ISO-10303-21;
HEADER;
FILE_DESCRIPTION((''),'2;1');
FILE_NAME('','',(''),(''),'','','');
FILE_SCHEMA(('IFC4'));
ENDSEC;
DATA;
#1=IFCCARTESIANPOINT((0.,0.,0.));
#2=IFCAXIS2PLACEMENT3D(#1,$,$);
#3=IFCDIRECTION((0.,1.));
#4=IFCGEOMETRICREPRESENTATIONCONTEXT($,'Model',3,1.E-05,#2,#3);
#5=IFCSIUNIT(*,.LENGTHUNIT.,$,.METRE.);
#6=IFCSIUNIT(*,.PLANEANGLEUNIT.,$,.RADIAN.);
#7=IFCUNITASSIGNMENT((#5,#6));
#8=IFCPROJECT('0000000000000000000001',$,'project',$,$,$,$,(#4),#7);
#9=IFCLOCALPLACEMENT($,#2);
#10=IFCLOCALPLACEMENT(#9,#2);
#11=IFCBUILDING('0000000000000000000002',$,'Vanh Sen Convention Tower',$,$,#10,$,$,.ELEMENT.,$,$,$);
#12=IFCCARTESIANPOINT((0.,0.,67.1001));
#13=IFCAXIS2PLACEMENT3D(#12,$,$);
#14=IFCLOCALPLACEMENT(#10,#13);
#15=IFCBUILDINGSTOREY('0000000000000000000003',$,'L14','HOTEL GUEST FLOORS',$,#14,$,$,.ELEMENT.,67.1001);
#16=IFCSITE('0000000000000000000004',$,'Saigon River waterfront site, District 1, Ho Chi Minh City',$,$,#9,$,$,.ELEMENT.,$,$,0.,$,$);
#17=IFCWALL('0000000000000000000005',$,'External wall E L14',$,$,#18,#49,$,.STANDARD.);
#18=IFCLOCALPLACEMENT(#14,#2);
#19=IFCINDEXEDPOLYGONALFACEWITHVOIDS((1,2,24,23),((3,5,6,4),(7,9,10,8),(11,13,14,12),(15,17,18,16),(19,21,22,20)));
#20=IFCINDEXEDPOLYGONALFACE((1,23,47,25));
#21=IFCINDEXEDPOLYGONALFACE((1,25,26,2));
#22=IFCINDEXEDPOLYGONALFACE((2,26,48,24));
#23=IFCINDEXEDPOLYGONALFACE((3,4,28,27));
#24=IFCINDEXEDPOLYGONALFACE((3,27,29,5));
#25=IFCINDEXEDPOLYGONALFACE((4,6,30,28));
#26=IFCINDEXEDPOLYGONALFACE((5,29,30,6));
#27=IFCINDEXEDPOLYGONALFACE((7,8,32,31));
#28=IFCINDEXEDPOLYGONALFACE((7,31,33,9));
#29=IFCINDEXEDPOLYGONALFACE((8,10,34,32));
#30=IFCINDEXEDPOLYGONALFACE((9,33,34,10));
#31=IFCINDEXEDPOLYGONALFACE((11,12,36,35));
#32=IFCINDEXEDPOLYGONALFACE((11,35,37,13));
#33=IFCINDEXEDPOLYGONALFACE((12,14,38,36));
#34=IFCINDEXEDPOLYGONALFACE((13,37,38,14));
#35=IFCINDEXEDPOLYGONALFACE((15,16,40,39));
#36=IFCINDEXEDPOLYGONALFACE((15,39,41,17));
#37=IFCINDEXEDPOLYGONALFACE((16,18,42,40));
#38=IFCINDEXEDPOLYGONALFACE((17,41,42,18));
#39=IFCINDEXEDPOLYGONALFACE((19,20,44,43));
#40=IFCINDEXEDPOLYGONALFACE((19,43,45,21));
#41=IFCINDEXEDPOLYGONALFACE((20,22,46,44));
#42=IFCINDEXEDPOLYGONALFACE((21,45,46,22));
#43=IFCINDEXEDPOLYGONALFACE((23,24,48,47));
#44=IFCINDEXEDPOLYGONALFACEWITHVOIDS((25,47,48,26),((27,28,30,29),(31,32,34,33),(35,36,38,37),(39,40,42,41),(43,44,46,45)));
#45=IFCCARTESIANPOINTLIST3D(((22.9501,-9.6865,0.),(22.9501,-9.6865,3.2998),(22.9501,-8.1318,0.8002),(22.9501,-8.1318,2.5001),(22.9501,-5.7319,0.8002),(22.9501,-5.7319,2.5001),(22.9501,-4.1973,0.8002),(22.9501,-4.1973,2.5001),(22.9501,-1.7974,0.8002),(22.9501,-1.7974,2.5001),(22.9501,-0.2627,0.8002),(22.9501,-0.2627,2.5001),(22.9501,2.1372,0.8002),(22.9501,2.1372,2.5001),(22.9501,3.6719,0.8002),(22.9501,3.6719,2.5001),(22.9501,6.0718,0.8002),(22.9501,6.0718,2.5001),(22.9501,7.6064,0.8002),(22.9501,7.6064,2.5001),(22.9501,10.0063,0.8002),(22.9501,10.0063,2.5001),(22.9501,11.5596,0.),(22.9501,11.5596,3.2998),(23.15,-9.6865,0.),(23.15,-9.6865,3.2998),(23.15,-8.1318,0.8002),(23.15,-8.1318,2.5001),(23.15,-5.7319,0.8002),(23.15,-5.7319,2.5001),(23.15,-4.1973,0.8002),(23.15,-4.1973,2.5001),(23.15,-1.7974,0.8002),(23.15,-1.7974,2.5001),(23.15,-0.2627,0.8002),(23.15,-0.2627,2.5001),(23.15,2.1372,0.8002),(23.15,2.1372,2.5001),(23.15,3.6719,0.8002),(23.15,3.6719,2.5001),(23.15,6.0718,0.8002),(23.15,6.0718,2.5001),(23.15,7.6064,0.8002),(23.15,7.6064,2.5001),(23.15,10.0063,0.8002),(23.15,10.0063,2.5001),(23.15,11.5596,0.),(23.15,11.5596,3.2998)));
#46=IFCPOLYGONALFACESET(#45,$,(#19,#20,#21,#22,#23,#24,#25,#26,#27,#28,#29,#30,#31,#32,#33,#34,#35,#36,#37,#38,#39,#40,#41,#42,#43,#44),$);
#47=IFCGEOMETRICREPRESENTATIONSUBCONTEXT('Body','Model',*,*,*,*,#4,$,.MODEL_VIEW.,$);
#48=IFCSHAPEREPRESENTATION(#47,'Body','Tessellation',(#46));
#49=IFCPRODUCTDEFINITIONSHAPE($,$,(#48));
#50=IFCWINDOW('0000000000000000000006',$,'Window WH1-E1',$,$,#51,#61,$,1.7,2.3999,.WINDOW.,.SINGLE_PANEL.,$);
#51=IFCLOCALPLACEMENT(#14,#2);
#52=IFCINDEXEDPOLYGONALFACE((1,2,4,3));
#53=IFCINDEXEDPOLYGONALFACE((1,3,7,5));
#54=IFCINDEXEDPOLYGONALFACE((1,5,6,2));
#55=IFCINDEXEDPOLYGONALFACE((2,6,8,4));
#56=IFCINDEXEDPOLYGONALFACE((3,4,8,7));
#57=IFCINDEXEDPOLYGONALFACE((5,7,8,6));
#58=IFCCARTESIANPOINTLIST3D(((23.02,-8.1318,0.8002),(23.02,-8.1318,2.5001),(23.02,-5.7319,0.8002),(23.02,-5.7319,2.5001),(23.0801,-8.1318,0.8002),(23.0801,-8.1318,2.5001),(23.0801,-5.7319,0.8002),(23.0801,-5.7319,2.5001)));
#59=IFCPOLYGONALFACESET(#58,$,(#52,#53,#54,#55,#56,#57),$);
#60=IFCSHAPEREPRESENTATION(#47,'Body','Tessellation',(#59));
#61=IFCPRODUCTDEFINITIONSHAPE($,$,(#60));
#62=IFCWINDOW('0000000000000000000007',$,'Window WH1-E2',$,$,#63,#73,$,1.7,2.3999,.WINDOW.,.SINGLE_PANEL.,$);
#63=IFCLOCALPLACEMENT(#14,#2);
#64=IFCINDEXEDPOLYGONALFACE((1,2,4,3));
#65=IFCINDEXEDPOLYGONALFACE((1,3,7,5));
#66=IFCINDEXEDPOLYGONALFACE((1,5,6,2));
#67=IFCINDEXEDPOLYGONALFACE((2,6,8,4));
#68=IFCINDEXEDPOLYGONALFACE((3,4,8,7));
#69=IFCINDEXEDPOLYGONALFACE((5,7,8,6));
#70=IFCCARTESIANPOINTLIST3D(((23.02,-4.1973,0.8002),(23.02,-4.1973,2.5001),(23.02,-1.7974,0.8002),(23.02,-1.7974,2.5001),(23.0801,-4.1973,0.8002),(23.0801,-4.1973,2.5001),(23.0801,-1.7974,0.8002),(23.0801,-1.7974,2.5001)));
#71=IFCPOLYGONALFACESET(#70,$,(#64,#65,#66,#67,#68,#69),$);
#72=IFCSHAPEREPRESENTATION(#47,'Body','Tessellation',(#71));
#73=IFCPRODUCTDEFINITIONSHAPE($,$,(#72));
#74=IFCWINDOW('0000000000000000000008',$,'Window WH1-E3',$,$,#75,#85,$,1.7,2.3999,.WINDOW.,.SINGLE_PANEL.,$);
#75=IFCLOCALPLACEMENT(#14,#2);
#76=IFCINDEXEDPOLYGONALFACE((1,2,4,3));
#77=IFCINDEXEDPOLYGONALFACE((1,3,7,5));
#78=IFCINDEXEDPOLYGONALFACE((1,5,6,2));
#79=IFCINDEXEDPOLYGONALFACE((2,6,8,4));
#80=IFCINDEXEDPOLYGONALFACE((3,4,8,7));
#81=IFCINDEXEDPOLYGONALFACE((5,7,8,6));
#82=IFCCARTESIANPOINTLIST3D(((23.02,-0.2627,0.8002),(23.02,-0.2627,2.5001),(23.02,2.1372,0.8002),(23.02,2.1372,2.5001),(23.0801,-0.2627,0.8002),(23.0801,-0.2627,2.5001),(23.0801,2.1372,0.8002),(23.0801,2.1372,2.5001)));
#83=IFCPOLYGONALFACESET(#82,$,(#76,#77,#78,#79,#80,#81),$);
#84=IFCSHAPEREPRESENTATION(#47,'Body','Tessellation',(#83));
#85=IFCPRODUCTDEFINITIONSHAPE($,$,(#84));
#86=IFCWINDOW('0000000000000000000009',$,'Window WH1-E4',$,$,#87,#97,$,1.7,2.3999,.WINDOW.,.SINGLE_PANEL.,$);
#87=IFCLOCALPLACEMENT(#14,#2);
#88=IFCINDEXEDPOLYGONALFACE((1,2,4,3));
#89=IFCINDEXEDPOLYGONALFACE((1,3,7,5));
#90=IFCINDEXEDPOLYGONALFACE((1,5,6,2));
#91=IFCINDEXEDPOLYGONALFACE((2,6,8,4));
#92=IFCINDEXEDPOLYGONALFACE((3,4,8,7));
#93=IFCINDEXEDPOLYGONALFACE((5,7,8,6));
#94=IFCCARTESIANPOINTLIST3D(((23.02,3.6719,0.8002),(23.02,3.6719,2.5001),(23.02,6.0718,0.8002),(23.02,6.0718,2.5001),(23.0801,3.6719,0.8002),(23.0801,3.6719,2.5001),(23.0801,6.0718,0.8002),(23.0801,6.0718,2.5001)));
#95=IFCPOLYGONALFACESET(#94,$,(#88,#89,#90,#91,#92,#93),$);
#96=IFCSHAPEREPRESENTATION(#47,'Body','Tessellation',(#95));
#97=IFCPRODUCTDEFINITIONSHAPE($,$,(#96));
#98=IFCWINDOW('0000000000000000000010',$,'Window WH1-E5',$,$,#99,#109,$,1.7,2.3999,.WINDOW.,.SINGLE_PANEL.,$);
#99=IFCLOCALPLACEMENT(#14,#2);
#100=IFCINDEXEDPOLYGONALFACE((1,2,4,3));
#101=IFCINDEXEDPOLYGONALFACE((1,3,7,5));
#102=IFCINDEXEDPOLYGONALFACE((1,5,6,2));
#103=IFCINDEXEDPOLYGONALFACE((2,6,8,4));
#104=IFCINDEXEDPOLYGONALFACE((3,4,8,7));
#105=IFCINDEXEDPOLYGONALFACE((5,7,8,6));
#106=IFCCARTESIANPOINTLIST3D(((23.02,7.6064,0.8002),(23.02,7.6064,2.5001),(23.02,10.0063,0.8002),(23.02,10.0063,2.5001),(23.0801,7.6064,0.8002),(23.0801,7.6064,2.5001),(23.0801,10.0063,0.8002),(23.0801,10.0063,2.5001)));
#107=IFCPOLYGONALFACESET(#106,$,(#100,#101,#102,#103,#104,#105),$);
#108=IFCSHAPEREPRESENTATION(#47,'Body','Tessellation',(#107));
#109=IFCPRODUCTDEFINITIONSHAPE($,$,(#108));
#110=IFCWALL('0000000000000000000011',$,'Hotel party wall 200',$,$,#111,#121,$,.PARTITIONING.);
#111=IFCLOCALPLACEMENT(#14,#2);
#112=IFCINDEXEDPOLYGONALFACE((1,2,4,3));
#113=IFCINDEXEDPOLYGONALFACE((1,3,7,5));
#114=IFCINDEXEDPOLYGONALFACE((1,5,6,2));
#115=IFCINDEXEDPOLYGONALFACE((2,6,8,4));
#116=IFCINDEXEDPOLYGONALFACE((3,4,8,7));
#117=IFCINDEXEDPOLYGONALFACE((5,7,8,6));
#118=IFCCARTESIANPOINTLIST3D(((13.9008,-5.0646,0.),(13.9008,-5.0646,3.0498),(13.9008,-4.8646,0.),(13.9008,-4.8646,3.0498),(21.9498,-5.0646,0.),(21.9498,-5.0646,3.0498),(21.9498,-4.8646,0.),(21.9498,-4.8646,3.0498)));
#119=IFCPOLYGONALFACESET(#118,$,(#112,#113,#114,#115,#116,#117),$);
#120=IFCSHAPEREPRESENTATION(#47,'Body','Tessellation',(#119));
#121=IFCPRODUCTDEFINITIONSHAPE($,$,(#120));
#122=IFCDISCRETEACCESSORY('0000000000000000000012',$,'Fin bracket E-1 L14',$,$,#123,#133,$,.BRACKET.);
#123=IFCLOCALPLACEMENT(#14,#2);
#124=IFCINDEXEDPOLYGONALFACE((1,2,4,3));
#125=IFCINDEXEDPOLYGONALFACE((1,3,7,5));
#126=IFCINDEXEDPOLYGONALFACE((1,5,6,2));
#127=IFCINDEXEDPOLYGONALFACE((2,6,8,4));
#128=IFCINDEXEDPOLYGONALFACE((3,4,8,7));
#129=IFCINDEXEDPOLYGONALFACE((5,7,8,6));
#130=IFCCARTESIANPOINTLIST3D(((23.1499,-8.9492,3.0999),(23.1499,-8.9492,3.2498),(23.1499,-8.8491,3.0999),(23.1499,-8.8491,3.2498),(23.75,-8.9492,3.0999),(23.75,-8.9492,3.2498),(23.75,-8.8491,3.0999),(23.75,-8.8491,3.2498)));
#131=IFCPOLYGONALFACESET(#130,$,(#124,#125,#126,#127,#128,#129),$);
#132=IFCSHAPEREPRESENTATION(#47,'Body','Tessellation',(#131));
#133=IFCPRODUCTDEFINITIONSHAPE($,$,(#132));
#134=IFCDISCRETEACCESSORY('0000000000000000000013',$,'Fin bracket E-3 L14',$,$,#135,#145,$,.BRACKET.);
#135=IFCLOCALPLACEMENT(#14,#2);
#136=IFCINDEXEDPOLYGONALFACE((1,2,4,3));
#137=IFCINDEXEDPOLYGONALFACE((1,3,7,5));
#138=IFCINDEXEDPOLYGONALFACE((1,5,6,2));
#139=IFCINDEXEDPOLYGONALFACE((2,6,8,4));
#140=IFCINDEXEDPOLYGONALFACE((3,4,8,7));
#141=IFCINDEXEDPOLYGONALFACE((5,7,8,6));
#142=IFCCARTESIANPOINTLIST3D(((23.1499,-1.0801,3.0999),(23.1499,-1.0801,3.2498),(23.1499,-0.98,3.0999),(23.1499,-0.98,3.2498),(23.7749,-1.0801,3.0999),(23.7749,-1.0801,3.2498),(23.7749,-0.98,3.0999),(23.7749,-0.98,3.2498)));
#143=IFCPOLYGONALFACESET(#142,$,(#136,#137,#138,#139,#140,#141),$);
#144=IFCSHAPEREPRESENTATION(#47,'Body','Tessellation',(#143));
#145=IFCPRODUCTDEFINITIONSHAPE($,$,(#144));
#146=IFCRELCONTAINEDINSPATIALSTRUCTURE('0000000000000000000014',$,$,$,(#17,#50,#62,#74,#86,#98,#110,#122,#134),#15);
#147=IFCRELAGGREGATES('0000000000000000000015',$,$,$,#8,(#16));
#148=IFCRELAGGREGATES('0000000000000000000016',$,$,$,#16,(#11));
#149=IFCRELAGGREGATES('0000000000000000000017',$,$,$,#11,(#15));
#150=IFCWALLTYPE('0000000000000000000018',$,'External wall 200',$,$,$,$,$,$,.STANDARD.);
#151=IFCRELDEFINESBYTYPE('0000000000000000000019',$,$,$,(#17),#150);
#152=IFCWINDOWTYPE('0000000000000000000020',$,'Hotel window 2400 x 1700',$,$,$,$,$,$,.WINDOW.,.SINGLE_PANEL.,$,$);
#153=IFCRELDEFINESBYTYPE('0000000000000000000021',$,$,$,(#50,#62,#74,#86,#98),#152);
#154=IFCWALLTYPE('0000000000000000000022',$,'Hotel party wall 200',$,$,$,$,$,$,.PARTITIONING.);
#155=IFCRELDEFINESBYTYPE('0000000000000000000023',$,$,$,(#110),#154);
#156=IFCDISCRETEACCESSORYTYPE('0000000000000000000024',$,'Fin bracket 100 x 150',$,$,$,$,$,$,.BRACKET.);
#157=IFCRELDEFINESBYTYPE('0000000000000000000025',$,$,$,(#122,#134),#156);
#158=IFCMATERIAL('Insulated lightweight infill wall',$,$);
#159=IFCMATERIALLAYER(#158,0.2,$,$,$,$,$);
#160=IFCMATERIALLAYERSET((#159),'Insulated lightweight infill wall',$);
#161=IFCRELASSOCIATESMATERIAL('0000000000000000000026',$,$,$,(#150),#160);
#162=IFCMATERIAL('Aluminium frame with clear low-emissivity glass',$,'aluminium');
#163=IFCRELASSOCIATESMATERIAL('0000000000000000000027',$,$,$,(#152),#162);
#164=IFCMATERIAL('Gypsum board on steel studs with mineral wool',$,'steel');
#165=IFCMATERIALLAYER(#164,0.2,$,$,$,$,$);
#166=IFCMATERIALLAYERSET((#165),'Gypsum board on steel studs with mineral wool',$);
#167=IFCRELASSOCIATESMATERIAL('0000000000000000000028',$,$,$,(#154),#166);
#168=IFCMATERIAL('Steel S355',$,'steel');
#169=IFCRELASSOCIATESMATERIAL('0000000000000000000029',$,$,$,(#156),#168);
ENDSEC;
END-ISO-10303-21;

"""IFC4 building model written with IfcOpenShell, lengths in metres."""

from ifc_helpers import new_model, si_unit, direction, frame, frame_2d, origin, origin_2d, place, context, subcontext, project, spatial, rectangle, extrude, material, layer, layer_set, type_object, element, fill, save


model = new_model("IFC4")

# Units and contexts
model_context = context("Model", 3, precision=1e-05, world=origin(), true_north=direction((0.0, 1.0)))
body_context = subcontext(model_context, "Body", "Model", "MODEL_VIEW")
ifc_project = project(units=[si_unit("LENGTHUNIT", "METRE"), si_unit("PLANEANGLEUNIT", "RADIAN")], contexts=[model_context])

# Site, building, storey
site_placement = place(None, origin())
site = spatial("IfcSite", under=ifc_project, at=site_placement, Name="Saigon River waterfront site, District 1, Ho Chi Minh City", CompositionType="ELEMENT", RefElevation=0.0)
building_placement = place(site_placement, origin())
building = spatial("IfcBuilding", under=site, at=building_placement, Name="Vanh Sen Convention Tower", CompositionType="ELEMENT")
storey_placement = place(building_placement, frame((0.0, 0.0, 67.1001)))
storey = spatial("IfcBuildingStorey", under=building, at=storey_placement, Name="L14", Description="HOTEL GUEST FLOORS", CompositionType="ELEMENT", Elevation=67.1001)

# Wall, openings, windows
ifc_material_1 = material(Name="Insulated lightweight infill wall")
ifc_layer_1 = layer(ifc_material_1, 0.2)
ifc_layer_set_1 = layer_set([ifc_layer_1], Name="Insulated lightweight infill wall")
wall_type_1 = type_object("IfcWallType", Name="External wall 200", PredefinedType="STANDARD", material=ifc_layer_set_1)
wall_1_placement = place(storey_placement, frame((23.05, -9.6865, 0.0), z_axis=(0.0, 0.0, 1.0), x_axis=(0.0, 1.0, 0.0)))
wall_1 = element("IfcWall", 1, at=wall_1_placement, inside=storey, type_object=wall_type_1, Name="External wall E L14", PredefinedType="STANDARD", context=body_context, shape_type="SweptSolid", body=[
    extrude(rectangle(XDim=21.2461, YDim=0.2, at=frame_2d((10.623, 0.0))), origin(), (0.0, 0.0, 1.0), 3.2998),
])
opening_1_placement = place(wall_1_placement, frame((1.5547, 0.0, 0.8)))
opening_1 = element("IfcOpeningElement", 2, at=opening_1_placement, cuts=wall_1, PredefinedType="OPENING", context=body_context, shape_type="SweptSolid", body=[
    extrude(rectangle(XDim=2.3999, YDim=1.7, at=frame_2d((1.2, 0.8501))), frame((0.0, 0.1099, 0.0), z_axis=(0.0, -1.0, 0.0), x_axis=(1.0, 0.0, 0.0)), (0.0, 0.0, 1.0), 0.22),
])
opening_2_placement = place(wall_1_placement, frame((5.4893, 0.0, 0.8)))
opening_2 = element("IfcOpeningElement", 3, at=opening_2_placement, cuts=wall_1, PredefinedType="OPENING", context=body_context, shape_type="SweptSolid", body=[
    extrude(rectangle(XDim=2.3999, YDim=1.7, at=frame_2d((1.2, 0.8501))), frame((0.0, 0.1099, 0.0), z_axis=(0.0, -1.0, 0.0), x_axis=(1.0, 0.0, 0.0)), (0.0, 0.0, 1.0), 0.22),
])
opening_3_placement = place(wall_1_placement, frame((9.4238, 0.0, 0.8)))
opening_3 = element("IfcOpeningElement", 4, at=opening_3_placement, cuts=wall_1, PredefinedType="OPENING", context=body_context, shape_type="SweptSolid", body=[
    extrude(rectangle(XDim=2.3999, YDim=1.7, at=frame_2d((1.2, 0.8501))), frame((0.0, 0.1099, 0.0), z_axis=(0.0, -1.0, 0.0), x_axis=(1.0, 0.0, 0.0)), (0.0, 0.0, 1.0), 0.22),
])
opening_4_placement = place(wall_1_placement, frame((13.3584, 0.0, 0.8)))
opening_4 = element("IfcOpeningElement", 5, at=opening_4_placement, cuts=wall_1, PredefinedType="OPENING", context=body_context, shape_type="SweptSolid", body=[
    extrude(rectangle(XDim=2.3999, YDim=1.7, at=frame_2d((1.2, 0.8501))), frame((0.0, 0.1099, 0.0), z_axis=(0.0, -1.0, 0.0), x_axis=(1.0, 0.0, 0.0)), (0.0, 0.0, 1.0), 0.22),
])
opening_5_placement = place(wall_1_placement, frame((17.293, 0.0, 0.8)))
opening_5 = element("IfcOpeningElement", 6, at=opening_5_placement, cuts=wall_1, PredefinedType="OPENING", context=body_context, shape_type="SweptSolid", body=[
    extrude(rectangle(XDim=2.3999, YDim=1.7, at=frame_2d((1.2, 0.8501))), frame((0.0, 0.1099, 0.0), z_axis=(0.0, -1.0, 0.0), x_axis=(1.0, 0.0, 0.0)), (0.0, 0.0, 1.0), 0.22),
])
ifc_material_2 = material(Name="Aluminium frame with clear low-emissivity glass", Category="aluminium")
window_type = type_object("IfcWindowType", Name="Hotel window 2400 x 1700", PartitioningType="SINGLE_PANEL", PredefinedType="WINDOW", material=ifc_material_2)
window_1_placement = place(opening_1_placement, origin())
window_1 = element("IfcWindow", 7, at=window_1_placement, inside=storey, type_object=window_type, Name="Window WH1-E1", OverallHeight=1.7, OverallWidth=2.3999, PartitioningType="SINGLE_PANEL", PredefinedType="WINDOW", context=body_context, shape_type="SweptSolid", body=[
    extrude(rectangle(XDim=2.3999, YDim=1.7, at=frame_2d((1.2, 0.8501))), frame((0.0, 0.03, 0.0), z_axis=(0.0, -1.0, 0.0), x_axis=(1.0, 0.0, 0.0)), (0.0, 0.0, 1.0), 0.0601),
])
fill(opening_1, window_1)
window_2_placement = place(opening_2_placement, origin())
window_2 = element("IfcWindow", 8, at=window_2_placement, inside=storey, type_object=window_type, Name="Window WH1-E2", OverallHeight=1.7, OverallWidth=2.3999, PartitioningType="SINGLE_PANEL", PredefinedType="WINDOW", context=body_context, shape_type="SweptSolid", body=[
    extrude(rectangle(XDim=2.3999, YDim=1.7, at=frame_2d((1.2, 0.8501))), frame((0.0, 0.03, 0.0), z_axis=(0.0, -1.0, 0.0), x_axis=(1.0, 0.0, 0.0)), (0.0, 0.0, 1.0), 0.0601),
])
fill(opening_2, window_2)
window_3_placement = place(opening_3_placement, origin())
window_3 = element("IfcWindow", 9, at=window_3_placement, inside=storey, type_object=window_type, Name="Window WH1-E3", OverallHeight=1.7, OverallWidth=2.3999, PartitioningType="SINGLE_PANEL", PredefinedType="WINDOW", context=body_context, shape_type="SweptSolid", body=[
    extrude(rectangle(XDim=2.3999, YDim=1.7, at=frame_2d((1.2, 0.8501))), frame((0.0, 0.03, 0.0), z_axis=(0.0, -1.0, 0.0), x_axis=(1.0, 0.0, 0.0)), (0.0, 0.0, 1.0), 0.0601),
])
fill(opening_3, window_3)
window_4_placement = place(opening_4_placement, origin())
window_4 = element("IfcWindow", 10, at=window_4_placement, inside=storey, type_object=window_type, Name="Window WH1-E4", OverallHeight=1.7, OverallWidth=2.3999, PartitioningType="SINGLE_PANEL", PredefinedType="WINDOW", context=body_context, shape_type="SweptSolid", body=[
    extrude(rectangle(XDim=2.3999, YDim=1.7, at=frame_2d((1.2, 0.8501))), frame((0.0, 0.03, 0.0), z_axis=(0.0, -1.0, 0.0), x_axis=(1.0, 0.0, 0.0)), (0.0, 0.0, 1.0), 0.0601),
])
fill(opening_4, window_4)
window_5_placement = place(opening_5_placement, origin())
window_5 = element("IfcWindow", 11, at=window_5_placement, inside=storey, type_object=window_type, Name="Window WH1-E5", OverallHeight=1.7, OverallWidth=2.3999, PartitioningType="SINGLE_PANEL", PredefinedType="WINDOW", context=body_context, shape_type="SweptSolid", body=[
    extrude(rectangle(XDim=2.3999, YDim=1.7, at=frame_2d((1.2, 0.8501))), frame((0.0, 0.03, 0.0), z_axis=(0.0, -1.0, 0.0), x_axis=(1.0, 0.0, 0.0)), (0.0, 0.0, 1.0), 0.0601),
])
fill(opening_5, window_5)

# Wall
ifc_material_3 = material(Name="Gypsum board on steel studs with mineral wool", Category="steel")
ifc_layer_2 = layer(ifc_material_3, 0.2)
ifc_layer_set_2 = layer_set([ifc_layer_2], Name="Gypsum board on steel studs with mineral wool")
wall_type_2 = type_object("IfcWallType", Name="Hotel party wall 200", PredefinedType="PARTITIONING", material=ifc_layer_set_2)
wall_2_placement = place(storey_placement, frame((13.9009, -4.9646, 0.0), z_axis=(0.0, 0.0, 1.0), x_axis=(1.0, 0.0, 0.0)))
element("IfcWall", 12, at=wall_2_placement, inside=storey, type_object=wall_type_2, Name="Hotel party wall 200", PredefinedType="PARTITIONING", context=body_context, shape_type="SweptSolid", body=[
    extrude(rectangle(XDim=8.0491, YDim=0.2, at=frame_2d((4.0244, 0.0))), origin(), (0.0, 0.0, 1.0), 3.0498),
])

# Discrete accessories
ifc_material_4 = material(Name="Steel S355", Category="steel")
discrete_accessory_type = type_object("IfcDiscreteAccessoryType", Name="Fin bracket 100 x 150", PredefinedType="BRACKET", material=ifc_material_4)
discrete_accessory_1_placement = place(storey_placement, frame((23.45, -8.8992, 3.0999), z_axis=(0.0, 0.0, 1.0), x_axis=(1.0, 0.0, 0.0)))
element("IfcDiscreteAccessory", 13, at=discrete_accessory_1_placement, inside=storey, type_object=discrete_accessory_type, Name="Fin bracket E-1 L14", PredefinedType="BRACKET", context=body_context, shape_type="SweptSolid", body=[
    extrude(rectangle(XDim=0.6001, YDim=0.1001, at=origin_2d()), origin(), (0.0, 0.0, 1.0), 0.1499),
])
discrete_accessory_2_placement = place(storey_placement, frame((23.4624, -1.03, 3.0999), z_axis=(0.0, 0.0, 1.0), x_axis=(1.0, 0.0, 0.0)))
element("IfcDiscreteAccessory", 14, at=discrete_accessory_2_placement, inside=storey, type_object=discrete_accessory_type, Name="Fin bracket E-3 L14", PredefinedType="BRACKET", context=body_context, shape_type="SweptSolid", body=[
    extrude(rectangle(XDim=0.625, YDim=0.1001, at=origin_2d()), origin(), (0.0, 0.0, 1.0), 0.1499),
])

save(model, "model.ifc")
